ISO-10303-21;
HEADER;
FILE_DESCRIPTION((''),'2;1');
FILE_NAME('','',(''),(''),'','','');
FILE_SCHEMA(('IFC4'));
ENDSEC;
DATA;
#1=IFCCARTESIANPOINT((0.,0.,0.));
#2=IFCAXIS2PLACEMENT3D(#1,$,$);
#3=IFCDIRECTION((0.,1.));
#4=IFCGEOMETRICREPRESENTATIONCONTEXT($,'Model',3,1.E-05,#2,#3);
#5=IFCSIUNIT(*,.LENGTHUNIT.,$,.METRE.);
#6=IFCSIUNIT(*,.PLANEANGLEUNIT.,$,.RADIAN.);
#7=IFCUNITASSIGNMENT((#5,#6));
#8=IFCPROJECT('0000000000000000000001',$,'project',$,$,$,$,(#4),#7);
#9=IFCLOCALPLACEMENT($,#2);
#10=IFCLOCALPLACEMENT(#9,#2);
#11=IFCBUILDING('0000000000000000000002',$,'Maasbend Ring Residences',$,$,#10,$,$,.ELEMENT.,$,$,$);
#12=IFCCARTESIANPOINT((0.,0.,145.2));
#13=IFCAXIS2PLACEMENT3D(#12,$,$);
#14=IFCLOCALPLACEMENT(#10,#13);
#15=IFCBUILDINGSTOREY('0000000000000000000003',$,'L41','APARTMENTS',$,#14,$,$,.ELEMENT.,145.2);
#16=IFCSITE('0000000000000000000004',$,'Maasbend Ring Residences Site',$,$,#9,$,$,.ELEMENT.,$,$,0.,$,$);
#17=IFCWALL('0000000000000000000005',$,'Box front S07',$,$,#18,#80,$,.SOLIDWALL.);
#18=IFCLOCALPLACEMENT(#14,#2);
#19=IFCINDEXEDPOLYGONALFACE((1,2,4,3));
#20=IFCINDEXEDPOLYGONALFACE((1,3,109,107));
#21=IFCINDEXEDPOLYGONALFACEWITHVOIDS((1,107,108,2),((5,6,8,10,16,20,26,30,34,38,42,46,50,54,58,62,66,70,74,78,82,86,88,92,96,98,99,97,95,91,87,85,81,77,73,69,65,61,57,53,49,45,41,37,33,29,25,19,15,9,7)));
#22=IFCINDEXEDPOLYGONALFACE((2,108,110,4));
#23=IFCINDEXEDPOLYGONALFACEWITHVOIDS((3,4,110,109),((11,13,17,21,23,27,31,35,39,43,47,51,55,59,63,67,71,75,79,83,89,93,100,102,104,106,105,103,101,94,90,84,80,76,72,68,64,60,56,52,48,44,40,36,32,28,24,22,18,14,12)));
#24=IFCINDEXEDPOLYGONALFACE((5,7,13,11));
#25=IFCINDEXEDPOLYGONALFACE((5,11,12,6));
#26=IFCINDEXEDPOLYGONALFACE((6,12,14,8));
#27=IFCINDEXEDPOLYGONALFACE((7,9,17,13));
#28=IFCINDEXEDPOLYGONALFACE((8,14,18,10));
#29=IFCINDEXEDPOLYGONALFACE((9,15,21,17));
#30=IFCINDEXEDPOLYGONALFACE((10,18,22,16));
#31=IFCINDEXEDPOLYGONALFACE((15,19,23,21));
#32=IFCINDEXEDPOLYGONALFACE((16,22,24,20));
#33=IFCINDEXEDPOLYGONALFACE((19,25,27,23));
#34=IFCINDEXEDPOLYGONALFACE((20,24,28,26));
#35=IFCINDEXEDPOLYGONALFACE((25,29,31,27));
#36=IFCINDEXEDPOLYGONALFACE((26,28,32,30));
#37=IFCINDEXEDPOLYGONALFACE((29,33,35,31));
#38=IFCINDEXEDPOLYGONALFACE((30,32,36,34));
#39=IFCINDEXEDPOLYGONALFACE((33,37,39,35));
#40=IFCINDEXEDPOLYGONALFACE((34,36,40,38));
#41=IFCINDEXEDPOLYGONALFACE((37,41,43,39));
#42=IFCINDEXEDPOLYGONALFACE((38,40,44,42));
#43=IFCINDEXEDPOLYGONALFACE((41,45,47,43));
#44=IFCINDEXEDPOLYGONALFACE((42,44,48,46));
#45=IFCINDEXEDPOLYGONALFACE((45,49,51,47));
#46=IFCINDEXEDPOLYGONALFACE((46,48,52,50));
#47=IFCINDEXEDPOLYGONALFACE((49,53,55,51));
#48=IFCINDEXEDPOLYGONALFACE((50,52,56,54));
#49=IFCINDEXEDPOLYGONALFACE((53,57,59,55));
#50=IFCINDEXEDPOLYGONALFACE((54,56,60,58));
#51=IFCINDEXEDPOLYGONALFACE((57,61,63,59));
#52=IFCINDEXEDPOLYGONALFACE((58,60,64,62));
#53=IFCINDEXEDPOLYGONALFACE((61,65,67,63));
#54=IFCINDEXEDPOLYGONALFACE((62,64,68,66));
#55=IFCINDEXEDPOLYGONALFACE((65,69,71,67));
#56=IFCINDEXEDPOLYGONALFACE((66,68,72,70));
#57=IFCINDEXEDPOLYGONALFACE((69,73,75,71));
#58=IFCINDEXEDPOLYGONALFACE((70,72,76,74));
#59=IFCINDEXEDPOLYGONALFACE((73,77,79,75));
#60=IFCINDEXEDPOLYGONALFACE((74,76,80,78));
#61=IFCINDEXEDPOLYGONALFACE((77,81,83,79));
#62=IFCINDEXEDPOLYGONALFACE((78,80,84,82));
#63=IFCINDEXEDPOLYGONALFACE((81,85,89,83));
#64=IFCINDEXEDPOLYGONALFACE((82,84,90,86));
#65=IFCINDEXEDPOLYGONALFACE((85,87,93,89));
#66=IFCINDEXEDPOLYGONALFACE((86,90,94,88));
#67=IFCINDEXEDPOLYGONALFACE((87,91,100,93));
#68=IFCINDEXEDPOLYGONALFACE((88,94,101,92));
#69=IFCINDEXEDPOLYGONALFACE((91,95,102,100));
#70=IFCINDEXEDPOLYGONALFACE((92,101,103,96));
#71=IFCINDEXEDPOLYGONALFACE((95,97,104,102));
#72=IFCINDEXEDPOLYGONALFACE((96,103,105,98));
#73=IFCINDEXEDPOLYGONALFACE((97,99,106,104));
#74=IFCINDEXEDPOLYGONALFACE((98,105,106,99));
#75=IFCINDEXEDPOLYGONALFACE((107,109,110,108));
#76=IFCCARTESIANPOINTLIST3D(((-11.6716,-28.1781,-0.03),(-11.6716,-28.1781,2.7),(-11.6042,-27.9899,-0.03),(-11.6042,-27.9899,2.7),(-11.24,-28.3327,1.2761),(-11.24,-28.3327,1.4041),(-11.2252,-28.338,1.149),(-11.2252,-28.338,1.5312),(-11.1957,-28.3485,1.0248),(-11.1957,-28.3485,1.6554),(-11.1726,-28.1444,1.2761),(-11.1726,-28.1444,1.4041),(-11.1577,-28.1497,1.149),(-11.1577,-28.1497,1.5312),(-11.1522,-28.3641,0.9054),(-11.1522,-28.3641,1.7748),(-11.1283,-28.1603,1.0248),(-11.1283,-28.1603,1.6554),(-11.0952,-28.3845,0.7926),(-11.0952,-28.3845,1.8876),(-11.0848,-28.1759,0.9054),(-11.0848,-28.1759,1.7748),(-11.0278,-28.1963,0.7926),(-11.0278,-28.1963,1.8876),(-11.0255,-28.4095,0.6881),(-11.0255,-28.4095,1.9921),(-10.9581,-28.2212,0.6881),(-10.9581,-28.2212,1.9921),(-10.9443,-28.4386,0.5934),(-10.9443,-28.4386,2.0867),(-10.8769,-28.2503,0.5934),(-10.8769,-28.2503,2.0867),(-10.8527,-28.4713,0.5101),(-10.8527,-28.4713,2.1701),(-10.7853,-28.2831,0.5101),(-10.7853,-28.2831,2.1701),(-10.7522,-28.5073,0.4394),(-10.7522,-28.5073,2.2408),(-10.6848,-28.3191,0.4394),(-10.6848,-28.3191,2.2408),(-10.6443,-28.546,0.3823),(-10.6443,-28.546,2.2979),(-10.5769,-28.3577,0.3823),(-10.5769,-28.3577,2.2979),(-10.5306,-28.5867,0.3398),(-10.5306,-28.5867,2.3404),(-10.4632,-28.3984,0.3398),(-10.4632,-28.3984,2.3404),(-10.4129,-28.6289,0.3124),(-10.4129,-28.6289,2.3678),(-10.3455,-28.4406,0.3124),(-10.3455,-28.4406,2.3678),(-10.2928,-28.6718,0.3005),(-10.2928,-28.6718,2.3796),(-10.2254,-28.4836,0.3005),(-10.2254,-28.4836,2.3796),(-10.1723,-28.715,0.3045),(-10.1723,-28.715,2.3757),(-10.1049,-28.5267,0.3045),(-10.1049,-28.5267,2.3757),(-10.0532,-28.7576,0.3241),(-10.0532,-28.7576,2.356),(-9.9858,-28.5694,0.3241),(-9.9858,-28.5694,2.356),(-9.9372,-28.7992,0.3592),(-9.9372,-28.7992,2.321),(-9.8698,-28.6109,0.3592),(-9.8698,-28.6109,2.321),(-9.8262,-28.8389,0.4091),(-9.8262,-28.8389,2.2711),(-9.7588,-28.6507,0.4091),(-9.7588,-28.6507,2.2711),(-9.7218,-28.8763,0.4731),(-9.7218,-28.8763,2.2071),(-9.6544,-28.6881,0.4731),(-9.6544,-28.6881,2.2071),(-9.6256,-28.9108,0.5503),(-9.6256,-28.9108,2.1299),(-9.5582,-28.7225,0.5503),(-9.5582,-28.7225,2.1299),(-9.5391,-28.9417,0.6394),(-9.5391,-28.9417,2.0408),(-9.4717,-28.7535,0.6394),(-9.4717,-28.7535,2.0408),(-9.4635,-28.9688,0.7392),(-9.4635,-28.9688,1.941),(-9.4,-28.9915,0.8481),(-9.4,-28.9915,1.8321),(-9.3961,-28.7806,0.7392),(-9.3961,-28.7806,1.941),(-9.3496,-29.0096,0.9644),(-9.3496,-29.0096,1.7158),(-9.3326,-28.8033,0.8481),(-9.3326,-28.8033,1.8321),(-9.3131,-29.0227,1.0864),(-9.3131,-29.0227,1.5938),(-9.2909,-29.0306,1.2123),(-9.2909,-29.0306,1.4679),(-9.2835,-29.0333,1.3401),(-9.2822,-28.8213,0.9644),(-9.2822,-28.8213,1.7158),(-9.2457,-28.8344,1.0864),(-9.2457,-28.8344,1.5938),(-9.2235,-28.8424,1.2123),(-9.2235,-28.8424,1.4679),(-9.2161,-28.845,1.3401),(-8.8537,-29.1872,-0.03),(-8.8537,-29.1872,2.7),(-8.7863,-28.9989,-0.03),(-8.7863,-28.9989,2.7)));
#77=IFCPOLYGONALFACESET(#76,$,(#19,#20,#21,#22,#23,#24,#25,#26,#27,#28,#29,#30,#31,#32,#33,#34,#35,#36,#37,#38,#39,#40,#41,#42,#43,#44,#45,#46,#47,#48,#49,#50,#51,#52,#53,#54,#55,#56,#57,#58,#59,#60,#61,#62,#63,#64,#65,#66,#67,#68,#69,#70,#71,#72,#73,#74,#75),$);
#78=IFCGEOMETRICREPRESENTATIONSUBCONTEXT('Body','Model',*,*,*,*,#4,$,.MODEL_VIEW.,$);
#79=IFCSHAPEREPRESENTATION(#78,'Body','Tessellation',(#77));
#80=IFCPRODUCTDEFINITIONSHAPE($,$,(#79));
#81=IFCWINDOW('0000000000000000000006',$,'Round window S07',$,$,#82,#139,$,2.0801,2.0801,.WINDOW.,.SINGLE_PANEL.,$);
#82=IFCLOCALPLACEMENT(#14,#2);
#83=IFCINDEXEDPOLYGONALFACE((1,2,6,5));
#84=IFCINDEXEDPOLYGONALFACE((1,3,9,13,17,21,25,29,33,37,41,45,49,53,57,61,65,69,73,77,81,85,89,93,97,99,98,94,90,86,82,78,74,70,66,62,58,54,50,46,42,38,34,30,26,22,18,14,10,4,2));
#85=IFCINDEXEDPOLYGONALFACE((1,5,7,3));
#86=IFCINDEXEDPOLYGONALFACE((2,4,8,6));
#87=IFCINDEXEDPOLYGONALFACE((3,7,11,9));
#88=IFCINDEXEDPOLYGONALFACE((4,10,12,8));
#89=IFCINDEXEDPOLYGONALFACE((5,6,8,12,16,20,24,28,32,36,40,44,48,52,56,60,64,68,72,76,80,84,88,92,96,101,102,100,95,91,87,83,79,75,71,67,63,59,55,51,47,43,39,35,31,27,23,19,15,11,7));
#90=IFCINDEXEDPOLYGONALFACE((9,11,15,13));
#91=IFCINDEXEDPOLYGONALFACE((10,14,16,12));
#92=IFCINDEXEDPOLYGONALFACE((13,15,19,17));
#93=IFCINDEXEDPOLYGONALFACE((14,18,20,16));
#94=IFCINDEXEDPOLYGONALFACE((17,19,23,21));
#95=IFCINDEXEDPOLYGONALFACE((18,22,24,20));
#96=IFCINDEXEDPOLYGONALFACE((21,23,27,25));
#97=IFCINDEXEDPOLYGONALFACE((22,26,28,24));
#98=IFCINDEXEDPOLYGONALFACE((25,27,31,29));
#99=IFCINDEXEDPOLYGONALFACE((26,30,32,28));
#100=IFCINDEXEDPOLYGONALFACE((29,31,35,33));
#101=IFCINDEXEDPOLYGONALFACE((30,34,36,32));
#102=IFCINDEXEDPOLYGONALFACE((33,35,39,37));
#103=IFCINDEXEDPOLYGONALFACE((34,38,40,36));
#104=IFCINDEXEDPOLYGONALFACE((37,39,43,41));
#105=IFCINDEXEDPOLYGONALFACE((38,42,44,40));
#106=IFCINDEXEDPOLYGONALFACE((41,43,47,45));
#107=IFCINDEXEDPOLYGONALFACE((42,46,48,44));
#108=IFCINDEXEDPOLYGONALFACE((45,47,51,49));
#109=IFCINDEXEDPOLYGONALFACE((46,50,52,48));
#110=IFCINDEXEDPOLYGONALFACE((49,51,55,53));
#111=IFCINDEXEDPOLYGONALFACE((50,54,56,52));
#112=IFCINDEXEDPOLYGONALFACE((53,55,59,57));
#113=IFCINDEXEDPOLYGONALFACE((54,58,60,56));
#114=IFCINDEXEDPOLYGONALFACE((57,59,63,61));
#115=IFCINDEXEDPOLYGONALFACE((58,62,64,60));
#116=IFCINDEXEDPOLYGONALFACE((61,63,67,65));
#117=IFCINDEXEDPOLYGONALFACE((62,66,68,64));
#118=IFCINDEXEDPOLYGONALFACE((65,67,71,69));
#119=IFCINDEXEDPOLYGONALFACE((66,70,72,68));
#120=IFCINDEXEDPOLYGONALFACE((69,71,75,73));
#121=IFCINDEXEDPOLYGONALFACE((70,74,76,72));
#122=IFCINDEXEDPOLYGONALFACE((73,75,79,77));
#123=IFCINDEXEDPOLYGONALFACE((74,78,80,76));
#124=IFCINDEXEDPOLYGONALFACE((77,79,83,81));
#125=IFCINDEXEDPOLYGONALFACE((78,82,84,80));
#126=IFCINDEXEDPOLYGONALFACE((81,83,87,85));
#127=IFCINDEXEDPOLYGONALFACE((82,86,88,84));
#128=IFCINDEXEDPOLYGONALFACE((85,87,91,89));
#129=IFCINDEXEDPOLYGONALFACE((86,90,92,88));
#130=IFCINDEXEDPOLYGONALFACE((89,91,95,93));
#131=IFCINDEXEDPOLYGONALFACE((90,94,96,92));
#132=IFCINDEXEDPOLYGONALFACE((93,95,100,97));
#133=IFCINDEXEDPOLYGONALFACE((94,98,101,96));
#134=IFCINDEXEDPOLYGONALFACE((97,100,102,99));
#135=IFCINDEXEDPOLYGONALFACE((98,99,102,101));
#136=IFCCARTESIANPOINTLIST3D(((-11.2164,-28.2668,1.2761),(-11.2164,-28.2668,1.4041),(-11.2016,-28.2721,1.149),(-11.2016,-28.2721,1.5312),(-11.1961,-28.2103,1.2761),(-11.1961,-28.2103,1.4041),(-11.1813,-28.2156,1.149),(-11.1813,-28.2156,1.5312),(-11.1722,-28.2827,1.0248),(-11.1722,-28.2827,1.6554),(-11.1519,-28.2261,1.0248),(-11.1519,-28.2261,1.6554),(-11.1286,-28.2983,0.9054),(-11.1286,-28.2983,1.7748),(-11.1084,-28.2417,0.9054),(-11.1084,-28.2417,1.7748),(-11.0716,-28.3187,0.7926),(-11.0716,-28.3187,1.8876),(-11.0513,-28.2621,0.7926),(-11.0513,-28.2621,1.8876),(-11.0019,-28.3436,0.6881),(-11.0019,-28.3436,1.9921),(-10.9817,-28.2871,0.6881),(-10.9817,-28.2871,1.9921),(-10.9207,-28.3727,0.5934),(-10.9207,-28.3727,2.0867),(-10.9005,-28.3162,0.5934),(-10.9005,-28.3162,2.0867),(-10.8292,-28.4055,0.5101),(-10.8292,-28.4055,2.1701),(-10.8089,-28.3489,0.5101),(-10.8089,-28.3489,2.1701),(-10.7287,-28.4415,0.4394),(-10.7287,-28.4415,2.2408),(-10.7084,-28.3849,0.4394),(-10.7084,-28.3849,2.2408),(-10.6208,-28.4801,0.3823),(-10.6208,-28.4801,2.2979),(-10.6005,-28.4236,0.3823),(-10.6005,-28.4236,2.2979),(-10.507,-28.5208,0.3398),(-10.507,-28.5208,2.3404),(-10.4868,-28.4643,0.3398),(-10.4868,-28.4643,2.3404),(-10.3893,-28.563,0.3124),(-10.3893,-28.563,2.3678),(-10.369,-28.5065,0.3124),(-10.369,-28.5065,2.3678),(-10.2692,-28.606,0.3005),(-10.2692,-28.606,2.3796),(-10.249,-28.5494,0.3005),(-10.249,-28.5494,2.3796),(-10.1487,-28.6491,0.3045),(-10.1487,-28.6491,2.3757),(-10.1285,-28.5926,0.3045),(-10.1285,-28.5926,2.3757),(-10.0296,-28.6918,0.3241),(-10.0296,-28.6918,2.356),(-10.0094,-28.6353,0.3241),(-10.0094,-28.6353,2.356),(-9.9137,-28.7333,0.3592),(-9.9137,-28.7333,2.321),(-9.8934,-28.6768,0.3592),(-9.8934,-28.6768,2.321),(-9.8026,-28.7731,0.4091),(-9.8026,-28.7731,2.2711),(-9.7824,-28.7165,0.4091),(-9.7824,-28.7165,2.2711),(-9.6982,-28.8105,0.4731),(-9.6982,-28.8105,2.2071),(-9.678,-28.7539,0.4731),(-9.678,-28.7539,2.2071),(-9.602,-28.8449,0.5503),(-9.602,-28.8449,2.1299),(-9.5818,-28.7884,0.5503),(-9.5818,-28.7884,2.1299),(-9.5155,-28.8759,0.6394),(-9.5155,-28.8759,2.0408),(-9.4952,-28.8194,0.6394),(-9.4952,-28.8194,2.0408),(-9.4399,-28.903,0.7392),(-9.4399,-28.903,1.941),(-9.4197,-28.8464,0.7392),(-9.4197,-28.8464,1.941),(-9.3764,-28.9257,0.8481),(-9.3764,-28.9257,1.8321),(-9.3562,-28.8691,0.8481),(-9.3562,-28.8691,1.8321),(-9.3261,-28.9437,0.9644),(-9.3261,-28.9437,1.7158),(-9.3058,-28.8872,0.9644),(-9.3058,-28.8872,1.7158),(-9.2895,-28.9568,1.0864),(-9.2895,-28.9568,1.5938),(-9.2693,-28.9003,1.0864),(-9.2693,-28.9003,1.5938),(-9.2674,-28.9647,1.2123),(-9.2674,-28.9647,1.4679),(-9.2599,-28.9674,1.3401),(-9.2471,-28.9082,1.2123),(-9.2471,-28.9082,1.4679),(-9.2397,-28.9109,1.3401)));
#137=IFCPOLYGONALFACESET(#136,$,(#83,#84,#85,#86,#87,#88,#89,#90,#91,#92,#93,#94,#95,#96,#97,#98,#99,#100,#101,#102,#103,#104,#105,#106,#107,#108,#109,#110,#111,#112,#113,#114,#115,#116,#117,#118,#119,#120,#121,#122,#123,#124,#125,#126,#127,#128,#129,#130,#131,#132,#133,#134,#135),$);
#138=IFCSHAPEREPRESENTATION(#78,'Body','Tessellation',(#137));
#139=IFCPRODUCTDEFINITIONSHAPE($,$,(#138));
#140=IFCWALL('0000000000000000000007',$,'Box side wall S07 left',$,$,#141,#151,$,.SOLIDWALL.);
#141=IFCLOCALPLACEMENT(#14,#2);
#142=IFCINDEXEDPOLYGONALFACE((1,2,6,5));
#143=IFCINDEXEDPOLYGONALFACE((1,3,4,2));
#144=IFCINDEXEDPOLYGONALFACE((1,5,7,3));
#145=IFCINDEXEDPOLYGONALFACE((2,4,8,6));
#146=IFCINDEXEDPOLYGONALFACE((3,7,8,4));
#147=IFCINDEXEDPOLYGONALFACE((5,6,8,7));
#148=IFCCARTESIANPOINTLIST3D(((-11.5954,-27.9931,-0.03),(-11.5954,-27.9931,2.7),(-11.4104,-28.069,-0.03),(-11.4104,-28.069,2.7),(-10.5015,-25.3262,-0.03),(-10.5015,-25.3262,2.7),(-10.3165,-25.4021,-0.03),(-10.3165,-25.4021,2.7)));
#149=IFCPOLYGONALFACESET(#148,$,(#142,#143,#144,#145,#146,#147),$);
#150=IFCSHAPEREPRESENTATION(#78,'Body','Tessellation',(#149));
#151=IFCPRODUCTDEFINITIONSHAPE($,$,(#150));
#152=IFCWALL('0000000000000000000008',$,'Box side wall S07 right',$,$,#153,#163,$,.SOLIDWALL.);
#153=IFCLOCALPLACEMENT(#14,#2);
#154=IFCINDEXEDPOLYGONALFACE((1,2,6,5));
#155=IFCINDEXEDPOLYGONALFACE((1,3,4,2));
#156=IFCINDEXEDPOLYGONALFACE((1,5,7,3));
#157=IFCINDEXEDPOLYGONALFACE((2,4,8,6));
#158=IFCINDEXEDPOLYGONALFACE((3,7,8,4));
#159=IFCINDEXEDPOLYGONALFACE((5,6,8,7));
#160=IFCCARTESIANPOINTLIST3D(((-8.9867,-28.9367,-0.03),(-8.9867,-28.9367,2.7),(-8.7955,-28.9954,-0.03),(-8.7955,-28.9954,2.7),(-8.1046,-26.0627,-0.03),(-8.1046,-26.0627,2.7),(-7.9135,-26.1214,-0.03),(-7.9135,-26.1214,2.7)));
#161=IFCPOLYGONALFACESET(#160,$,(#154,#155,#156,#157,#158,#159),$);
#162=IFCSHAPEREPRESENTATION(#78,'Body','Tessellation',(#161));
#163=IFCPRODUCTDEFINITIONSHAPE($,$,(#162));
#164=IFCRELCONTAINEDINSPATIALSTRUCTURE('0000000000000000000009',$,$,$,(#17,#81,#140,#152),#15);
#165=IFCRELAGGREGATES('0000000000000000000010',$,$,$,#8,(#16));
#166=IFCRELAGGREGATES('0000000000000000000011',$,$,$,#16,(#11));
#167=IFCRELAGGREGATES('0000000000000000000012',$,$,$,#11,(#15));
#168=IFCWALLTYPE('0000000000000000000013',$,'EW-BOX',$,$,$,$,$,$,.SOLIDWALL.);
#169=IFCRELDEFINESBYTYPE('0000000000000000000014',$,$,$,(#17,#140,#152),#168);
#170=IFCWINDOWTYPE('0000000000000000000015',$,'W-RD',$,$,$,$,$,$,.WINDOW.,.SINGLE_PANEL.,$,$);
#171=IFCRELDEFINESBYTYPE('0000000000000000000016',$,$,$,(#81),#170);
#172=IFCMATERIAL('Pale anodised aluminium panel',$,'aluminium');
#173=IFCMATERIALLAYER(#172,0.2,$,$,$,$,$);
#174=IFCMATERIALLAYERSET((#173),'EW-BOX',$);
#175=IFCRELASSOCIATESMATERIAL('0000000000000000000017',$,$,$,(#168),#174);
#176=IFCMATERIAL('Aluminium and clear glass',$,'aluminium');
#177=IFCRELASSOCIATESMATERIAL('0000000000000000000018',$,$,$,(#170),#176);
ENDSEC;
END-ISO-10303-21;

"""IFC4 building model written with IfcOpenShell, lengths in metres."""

from ifc_helpers import new_model, si_unit, direction, frame, frame_2d, origin, place, context, subcontext, project, spatial, rectangle, circle, extrude, material, layer, layer_set, type_object, element, fill, save


model = new_model("IFC4")

# Units and contexts
model_context = context("Model", 3, precision=1e-05, world=origin(), true_north=direction((0.0, 1.0)))
body_context = subcontext(model_context, "Body", "Model", "MODEL_VIEW")
ifc_project = project(units=[si_unit("LENGTHUNIT", "METRE"), si_unit("PLANEANGLEUNIT", "RADIAN")], contexts=[model_context])

# Site, building, storey
site_placement = place(None, origin())
site = spatial("IfcSite", under=ifc_project, at=site_placement, Name="Maasbend Ring Residences Site", CompositionType="ELEMENT", RefElevation=0.0)
building_placement = place(site_placement, origin())
building = spatial("IfcBuilding", under=site, at=building_placement, Name="Maasbend Ring Residences", CompositionType="ELEMENT")
storey_placement = place(building_placement, frame((0.0, 0.0, 145.2)))
storey = spatial("IfcBuildingStorey", under=building, at=storey_placement, Name="L41", Description="APARTMENTS", CompositionType="ELEMENT", Elevation=145.2)

# Wall, opening, window
ifc_material_1 = material(Name="Pale anodised aluminium panel", Category="aluminium")
ifc_layer_1 = layer(ifc_material_1, 0.2)
ifc_layer_set_1 = layer_set([ifc_layer_1], Name="EW-BOX")
wall_type_1 = type_object("IfcWallType", Name="EW-BOX", PredefinedType="SOLIDWALL", material=ifc_layer_set_1)
wall_1_placement = place(storey_placement, frame((-11.6379, -28.084, -0.03), z_axis=(0.0, 0.0, 1.0), x_axis=(0.941461, -0.337122, 0.0)))
wall_1 = element("IfcWall", 1, at=wall_1_placement, inside=storey, type_object=wall_type_1, Name="Box front S07", PredefinedType="SOLIDWALL", context=body_context, shape_type="SweptSolid", body=[
    extrude(rectangle(XDim=2.9932, YDim=0.2, at=frame_2d((1.4966, 0.0))), origin(), (0.0, 0.0, 1.0), 2.73),
])
opening_1_placement = place(wall_1_placement, frame((0.4565, 0.0, 0.3301)))
opening_1 = element("IfcOpeningElement", 2, at=opening_1_placement, cuts=wall_1, PredefinedType="OPENING", context=body_context, shape_type="SweptSolid", body=[
    extrude(circle(Radius=1.04, at=frame_2d((1.04, 1.04))), frame((0.0, 0.1099, 0.0), z_axis=(0.0, -1.0, 0.0), x_axis=(1.0, 0.0, 0.0)), (0.0, 0.0, 1.0), 0.22),
])
ifc_material_2 = material(Name="Aluminium and clear glass", Category="aluminium")
window_type_1 = type_object("IfcWindowType", Name="W-RD", PartitioningType="SINGLE_PANEL", PredefinedType="WINDOW", material=ifc_material_2)
window_1_placement = place(opening_1_placement, origin())
window_1 = element("IfcWindow", 3, at=window_1_placement, inside=storey, type_object=window_type_1, Name="Round window S07", OverallHeight=2.0801, OverallWidth=2.0801, PartitioningType="SINGLE_PANEL", PredefinedType="WINDOW", context=body_context, shape_type="SweptSolid", body=[
    extrude(circle(Radius=1.04, at=frame_2d((1.04, 1.04))), frame((0.0, 0.03, 0.0), z_axis=(0.0, -1.0, 0.0), x_axis=(1.0, 0.0, 0.0)), (0.0, 0.0, 1.0), 0.0601),
])
fill(opening_1, window_1)

# Walls
wall_2_placement = place(storey_placement, frame((-10.4089, -25.364, -0.03), z_axis=(0.0, 0.0, 1.0), x_axis=(-0.37951, -0.925188, 0.0)))
element("IfcWall", 4, at=wall_2_placement, inside=storey, type_object=wall_type_1, Name="Box side wall S07 left", PredefinedType="SOLIDWALL", context=body_context, shape_type="SweptSolid", body=[
    extrude(rectangle(XDim=2.8826, YDim=0.2, at=frame_2d((1.4414, 0.0))), origin(), (0.0, 0.0, 1.0), 2.73),
])
wall_3_placement = place(storey_placement, frame((-8.009, -26.092, -0.03), z_axis=(0.0, 0.0, 1.0), x_axis=(-0.293407, -0.955988, 0.0)))
element("IfcWall", 5, at=wall_3_placement, inside=storey, type_object=wall_type_1, Name="Box side wall S07 right", PredefinedType="SOLIDWALL", context=body_context, shape_type="SweptSolid", body=[
    extrude(rectangle(XDim=3.0063, YDim=0.2, at=frame_2d((1.5032, 0.0))), origin(), (0.0, 0.0, 1.0), 2.73),
])

save(model, "model.ifc")
